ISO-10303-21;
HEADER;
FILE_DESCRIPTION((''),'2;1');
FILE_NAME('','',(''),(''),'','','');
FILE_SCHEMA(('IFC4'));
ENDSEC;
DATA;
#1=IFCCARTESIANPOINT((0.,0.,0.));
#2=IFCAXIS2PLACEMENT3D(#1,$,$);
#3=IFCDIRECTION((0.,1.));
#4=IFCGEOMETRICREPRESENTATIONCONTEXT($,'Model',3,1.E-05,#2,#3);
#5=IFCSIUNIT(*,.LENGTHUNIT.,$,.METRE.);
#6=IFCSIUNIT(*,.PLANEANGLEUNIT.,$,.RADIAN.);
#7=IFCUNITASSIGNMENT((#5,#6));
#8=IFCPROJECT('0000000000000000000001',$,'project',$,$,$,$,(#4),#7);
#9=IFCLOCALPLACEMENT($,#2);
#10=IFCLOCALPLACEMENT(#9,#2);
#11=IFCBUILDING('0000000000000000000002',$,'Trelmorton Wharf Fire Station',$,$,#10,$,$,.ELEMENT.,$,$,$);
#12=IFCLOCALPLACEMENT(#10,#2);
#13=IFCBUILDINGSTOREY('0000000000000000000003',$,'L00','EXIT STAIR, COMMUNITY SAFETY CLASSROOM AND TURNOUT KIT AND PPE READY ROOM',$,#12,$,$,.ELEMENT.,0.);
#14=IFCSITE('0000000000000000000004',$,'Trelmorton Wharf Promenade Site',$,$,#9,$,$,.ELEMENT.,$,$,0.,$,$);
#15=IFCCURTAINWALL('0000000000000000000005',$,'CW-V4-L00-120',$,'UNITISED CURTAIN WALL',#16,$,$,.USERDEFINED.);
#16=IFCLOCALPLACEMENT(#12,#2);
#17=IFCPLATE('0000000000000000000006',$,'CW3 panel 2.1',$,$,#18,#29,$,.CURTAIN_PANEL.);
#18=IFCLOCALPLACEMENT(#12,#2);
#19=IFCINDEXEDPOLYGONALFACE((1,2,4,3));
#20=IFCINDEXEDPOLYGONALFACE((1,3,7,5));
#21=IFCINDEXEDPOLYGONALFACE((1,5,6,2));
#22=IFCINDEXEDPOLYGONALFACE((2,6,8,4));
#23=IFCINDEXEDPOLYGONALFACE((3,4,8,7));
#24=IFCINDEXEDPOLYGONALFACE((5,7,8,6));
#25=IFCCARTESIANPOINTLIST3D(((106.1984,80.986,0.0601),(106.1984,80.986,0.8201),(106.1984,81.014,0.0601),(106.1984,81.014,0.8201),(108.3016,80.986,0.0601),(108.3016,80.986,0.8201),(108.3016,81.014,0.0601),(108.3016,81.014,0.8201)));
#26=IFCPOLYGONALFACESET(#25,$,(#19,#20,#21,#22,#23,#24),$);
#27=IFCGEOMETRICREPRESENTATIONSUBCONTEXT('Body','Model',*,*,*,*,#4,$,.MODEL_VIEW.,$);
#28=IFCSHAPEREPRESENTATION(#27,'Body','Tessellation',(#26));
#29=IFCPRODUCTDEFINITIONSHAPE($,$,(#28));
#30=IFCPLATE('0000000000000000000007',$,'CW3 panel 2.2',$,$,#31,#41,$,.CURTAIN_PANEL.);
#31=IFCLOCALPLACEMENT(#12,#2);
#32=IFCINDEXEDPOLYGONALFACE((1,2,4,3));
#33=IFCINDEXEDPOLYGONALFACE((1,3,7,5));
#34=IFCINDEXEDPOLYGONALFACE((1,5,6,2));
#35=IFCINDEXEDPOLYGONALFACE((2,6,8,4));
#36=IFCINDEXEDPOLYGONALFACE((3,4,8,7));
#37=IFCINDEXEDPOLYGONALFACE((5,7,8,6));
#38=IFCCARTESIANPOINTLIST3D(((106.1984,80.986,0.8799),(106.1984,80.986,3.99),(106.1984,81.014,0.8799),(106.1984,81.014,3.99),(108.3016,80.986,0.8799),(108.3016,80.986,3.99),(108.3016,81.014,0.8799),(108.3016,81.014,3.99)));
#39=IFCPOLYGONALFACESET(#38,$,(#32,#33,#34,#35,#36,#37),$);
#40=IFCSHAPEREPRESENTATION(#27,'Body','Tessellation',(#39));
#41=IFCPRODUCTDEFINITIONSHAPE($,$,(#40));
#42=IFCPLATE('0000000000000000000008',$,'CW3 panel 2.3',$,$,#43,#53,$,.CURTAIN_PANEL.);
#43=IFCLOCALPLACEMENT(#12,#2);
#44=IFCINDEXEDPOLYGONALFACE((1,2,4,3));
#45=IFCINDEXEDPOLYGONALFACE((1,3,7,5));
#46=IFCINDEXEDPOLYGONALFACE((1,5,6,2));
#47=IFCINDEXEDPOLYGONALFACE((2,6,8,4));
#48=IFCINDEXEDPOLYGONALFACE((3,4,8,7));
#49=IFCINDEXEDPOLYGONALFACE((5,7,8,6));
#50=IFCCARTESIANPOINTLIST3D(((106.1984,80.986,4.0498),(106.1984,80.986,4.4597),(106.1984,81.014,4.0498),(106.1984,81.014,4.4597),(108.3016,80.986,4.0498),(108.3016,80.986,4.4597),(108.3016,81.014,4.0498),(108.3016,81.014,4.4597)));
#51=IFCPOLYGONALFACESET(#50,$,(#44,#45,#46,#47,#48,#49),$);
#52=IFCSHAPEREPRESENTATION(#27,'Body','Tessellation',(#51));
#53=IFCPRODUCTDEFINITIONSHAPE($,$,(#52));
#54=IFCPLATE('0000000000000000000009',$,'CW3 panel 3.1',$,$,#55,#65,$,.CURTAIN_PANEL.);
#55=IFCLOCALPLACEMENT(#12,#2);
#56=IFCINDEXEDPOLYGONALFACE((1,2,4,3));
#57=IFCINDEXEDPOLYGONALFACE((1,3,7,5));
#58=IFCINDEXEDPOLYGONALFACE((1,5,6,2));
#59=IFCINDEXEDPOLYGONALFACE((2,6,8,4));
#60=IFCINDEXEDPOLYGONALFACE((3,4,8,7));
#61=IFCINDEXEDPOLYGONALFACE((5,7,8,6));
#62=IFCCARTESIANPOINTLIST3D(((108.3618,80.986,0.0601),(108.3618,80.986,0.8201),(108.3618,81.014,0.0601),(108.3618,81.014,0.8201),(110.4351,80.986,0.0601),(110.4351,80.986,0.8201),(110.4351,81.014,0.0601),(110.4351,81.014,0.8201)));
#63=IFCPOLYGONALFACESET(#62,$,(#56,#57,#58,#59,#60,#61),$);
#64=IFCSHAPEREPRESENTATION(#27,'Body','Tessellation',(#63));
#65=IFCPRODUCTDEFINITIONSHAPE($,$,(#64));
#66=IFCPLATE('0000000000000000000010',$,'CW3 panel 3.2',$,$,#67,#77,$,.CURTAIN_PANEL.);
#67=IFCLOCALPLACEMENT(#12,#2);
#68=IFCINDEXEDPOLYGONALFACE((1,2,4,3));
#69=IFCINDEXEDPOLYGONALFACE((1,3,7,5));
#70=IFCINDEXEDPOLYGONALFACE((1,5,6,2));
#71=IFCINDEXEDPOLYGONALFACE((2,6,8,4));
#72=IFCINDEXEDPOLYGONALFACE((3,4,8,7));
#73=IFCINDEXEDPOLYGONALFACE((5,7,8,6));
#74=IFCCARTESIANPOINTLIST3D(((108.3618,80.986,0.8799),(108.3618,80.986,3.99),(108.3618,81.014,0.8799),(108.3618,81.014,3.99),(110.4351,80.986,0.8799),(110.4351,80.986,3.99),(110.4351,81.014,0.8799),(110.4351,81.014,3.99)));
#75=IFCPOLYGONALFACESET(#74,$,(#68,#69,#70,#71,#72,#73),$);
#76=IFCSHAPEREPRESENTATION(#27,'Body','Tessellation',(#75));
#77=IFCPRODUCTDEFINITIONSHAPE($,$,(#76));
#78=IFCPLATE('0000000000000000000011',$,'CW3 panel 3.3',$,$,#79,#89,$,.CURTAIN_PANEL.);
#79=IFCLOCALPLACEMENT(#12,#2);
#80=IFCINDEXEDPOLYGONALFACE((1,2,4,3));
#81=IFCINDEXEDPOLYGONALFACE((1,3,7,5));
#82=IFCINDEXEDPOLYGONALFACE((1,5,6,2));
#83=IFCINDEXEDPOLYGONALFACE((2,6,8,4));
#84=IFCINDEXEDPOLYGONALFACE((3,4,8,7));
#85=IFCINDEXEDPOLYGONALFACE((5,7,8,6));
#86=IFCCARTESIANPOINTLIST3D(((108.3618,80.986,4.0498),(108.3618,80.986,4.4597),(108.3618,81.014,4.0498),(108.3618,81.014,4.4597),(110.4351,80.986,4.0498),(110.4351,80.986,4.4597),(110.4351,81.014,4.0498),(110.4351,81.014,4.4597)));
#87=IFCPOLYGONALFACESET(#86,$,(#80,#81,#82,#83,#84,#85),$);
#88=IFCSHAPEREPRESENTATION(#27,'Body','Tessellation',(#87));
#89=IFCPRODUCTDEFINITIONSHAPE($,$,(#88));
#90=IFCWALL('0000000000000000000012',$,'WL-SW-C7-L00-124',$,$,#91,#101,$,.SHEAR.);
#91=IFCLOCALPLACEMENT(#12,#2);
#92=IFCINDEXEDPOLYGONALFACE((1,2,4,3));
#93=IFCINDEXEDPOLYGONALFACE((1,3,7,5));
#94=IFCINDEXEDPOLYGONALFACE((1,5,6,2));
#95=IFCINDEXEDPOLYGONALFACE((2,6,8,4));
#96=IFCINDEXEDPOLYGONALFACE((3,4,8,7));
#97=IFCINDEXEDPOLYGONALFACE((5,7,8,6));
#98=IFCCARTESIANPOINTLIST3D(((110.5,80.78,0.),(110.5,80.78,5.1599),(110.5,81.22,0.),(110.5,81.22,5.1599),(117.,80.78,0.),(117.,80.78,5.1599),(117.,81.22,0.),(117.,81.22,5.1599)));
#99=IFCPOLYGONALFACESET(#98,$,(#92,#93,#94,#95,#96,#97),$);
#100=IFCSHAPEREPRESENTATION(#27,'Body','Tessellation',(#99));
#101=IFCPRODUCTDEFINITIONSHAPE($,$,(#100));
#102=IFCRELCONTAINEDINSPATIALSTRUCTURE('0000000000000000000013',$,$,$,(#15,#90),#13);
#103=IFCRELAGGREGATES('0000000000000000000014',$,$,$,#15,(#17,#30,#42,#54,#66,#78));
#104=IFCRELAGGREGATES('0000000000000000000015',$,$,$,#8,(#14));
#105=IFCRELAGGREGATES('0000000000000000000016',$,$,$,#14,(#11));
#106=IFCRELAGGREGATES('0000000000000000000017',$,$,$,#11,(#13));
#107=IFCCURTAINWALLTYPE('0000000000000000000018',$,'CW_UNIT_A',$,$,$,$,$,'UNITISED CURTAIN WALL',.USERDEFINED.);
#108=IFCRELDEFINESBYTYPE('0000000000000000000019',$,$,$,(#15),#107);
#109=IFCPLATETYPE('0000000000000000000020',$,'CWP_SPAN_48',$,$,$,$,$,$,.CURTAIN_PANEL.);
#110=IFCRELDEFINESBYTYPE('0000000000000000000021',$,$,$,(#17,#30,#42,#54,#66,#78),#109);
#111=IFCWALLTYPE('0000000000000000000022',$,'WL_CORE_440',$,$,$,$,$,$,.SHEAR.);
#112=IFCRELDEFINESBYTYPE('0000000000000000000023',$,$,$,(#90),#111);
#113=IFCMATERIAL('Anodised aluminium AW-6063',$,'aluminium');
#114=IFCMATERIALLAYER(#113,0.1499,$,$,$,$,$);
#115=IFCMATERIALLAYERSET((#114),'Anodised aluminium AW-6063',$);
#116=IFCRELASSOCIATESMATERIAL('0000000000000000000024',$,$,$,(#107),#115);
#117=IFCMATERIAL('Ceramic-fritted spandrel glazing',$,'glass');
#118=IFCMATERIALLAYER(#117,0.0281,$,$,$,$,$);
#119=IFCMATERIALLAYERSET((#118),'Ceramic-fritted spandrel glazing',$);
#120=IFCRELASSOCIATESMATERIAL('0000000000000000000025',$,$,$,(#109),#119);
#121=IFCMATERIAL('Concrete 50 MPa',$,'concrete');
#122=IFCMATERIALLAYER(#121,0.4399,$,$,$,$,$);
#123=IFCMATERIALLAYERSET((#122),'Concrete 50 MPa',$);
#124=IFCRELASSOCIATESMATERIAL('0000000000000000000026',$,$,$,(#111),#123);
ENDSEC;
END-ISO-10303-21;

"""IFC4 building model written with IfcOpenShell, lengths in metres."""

from ifc_helpers import new_model, si_unit, direction, frame, frame_2d, origin, origin_2d, place, context, subcontext, project, spatial, rectangle, extrude, material, layer, layer_set, type_object, element, aggregate, save


model = new_model("IFC4")

# Units and contexts
model_context = context("Model", 3, precision=1e-05, world=origin(), true_north=direction((0.0, 1.0)))
body_context = subcontext(model_context, "Body", "Model", "MODEL_VIEW")
ifc_project = project(units=[si_unit("LENGTHUNIT", "METRE"), si_unit("PLANEANGLEUNIT", "RADIAN")], contexts=[model_context])

# Site, building, storey
site_placement = place(None, origin())
site = spatial("IfcSite", under=ifc_project, at=site_placement, Name="Trelmorton Wharf Promenade Site", CompositionType="ELEMENT", RefElevation=0.0)
building_placement = place(site_placement, origin())
building = spatial("IfcBuilding", under=site, at=building_placement, Name="Trelmorton Wharf Fire Station", CompositionType="ELEMENT")
storey_placement = place(building_placement, origin())
storey = spatial("IfcBuildingStorey", under=building, at=storey_placement, Name="L00", Description="EXIT STAIR, COMMUNITY SAFETY CLASSROOM AND TURNOUT KIT AND PPE READY ROOM", CompositionType="ELEMENT", Elevation=0.0)

# Curtain wall
ifc_material_1 = material(Name="Anodised aluminium AW-6063", Category="aluminium")
ifc_layer_1 = layer(ifc_material_1, 0.1499)
ifc_layer_set_1 = layer_set([ifc_layer_1], Name="Anodised aluminium AW-6063")
curtain_wall_type = type_object("IfcCurtainWallType", Name="CW_UNIT_A", ElementType="UNITISED CURTAIN WALL", PredefinedType="USERDEFINED", material=ifc_layer_set_1)
curtain_wall_placement = place(storey_placement, origin())
curtain_wall = element("IfcCurtainWall", 1, at=curtain_wall_placement, inside=storey, type_object=curtain_wall_type, Name="CW-V4-L00-120", ObjectType="UNITISED CURTAIN WALL", PredefinedType="USERDEFINED")

# Plates
ifc_material_2 = material(Name="Ceramic-fritted spandrel glazing", Category="glass")
ifc_layer_2 = layer(ifc_material_2, 0.0281)
ifc_layer_set_2 = layer_set([ifc_layer_2], Name="Ceramic-fritted spandrel glazing")
plate_type = type_object("IfcPlateType", Name="CWP_SPAN_48", PredefinedType="CURTAIN_PANEL", material=ifc_layer_set_2)
plate_1_placement = place(storey_placement, frame((107.25, 81.0, 0.0601), z_axis=(0.0, 0.0, 1.0), x_axis=(1.0, 0.0, 0.0)))
plate_1 = element("IfcPlate", 2, at=plate_1_placement, type_object=plate_type, Name="CW3 panel 2.1", PredefinedType="CURTAIN_PANEL", context=body_context, shape_type="SweptSolid", body=[
    extrude(rectangle(XDim=2.1033, YDim=0.0281, at=origin_2d()), origin(), (0.0, 0.0, 1.0), 0.76),
])
plate_2_placement = place(storey_placement, frame((107.25, 81.0, 0.8799), z_axis=(0.0, 0.0, 1.0), x_axis=(1.0, 0.0, 0.0)))
plate_2 = element("IfcPlate", 3, at=plate_2_placement, type_object=plate_type, Name="CW3 panel 2.2", PredefinedType="CURTAIN_PANEL", context=body_context, shape_type="SweptSolid", body=[
    extrude(rectangle(XDim=2.1033, YDim=0.0281, at=origin_2d()), origin(), (0.0, 0.0, 1.0), 3.1101),
])
plate_3_placement = place(storey_placement, frame((107.25, 81.0, 4.0498), z_axis=(0.0, 0.0, 1.0), x_axis=(1.0, 0.0, 0.0)))
plate_3 = element("IfcPlate", 4, at=plate_3_placement, type_object=plate_type, Name="CW3 panel 2.3", PredefinedType="CURTAIN_PANEL", context=body_context, shape_type="SweptSolid", body=[
    extrude(rectangle(XDim=2.1033, YDim=0.0281, at=origin_2d()), origin(), (0.0, 0.0, 1.0), 0.4099),
])
plate_4_placement = place(storey_placement, frame((109.3984, 81.0, 0.0601), z_axis=(0.0, 0.0, 1.0), x_axis=(1.0, 0.0, 0.0)))
plate_4 = element("IfcPlate", 5, at=plate_4_placement, type_object=plate_type, Name="CW3 panel 3.1", PredefinedType="CURTAIN_PANEL", context=body_context, shape_type="SweptSolid", body=[
    extrude(rectangle(XDim=2.0732, YDim=0.0281, at=origin_2d()), origin(), (0.0, 0.0, 1.0), 0.76),
])
plate_5_placement = place(storey_placement, frame((109.3984, 81.0, 0.8799), z_axis=(0.0, 0.0, 1.0), x_axis=(1.0, 0.0, 0.0)))
plate_5 = element("IfcPlate", 6, at=plate_5_placement, type_object=plate_type, Name="CW3 panel 3.2", PredefinedType="CURTAIN_PANEL", context=body_context, shape_type="SweptSolid", body=[
    extrude(rectangle(XDim=2.0732, YDim=0.0281, at=origin_2d()), origin(), (0.0, 0.0, 1.0), 3.1101),
])
plate_6_placement = place(storey_placement, frame((109.3984, 81.0, 4.0498), z_axis=(0.0, 0.0, 1.0), x_axis=(1.0, 0.0, 0.0)))
plate_6 = element("IfcPlate", 7, at=plate_6_placement, type_object=plate_type, Name="CW3 panel 3.3", PredefinedType="CURTAIN_PANEL", context=body_context, shape_type="SweptSolid", body=[
    extrude(rectangle(XDim=2.0732, YDim=0.0281, at=origin_2d()), origin(), (0.0, 0.0, 1.0), 0.4099),
])
aggregate(curtain_wall, [plate_1, plate_2, plate_3, plate_4, plate_5, plate_6])

# Wall
ifc_material_3 = material(Name="Concrete 50 MPa", Category="concrete")
ifc_layer_3 = layer(ifc_material_3, 0.4399)
ifc_layer_set_3 = layer_set([ifc_layer_3], Name="Concrete 50 MPa")
wall_type = type_object("IfcWallType", Name="WL_CORE_440", PredefinedType="SHEAR", material=ifc_layer_set_3)
wall_placement = place(storey_placement, frame((110.5, 81.0, 0.0), z_axis=(0.0, 0.0, 1.0), x_axis=(1.0, 0.0, 0.0)))
element("IfcWall", 8, at=wall_placement, inside=storey, type_object=wall_type, Name="WL-SW-C7-L00-124", PredefinedType="SHEAR", context=body_context, shape_type="SweptSolid", body=[
    extrude(rectangle(XDim=6.5, YDim=0.4399, at=frame_2d((3.25, 0.0))), origin(), (0.0, 0.0, 1.0), 5.1599),
])

save(model, "model.ifc")
